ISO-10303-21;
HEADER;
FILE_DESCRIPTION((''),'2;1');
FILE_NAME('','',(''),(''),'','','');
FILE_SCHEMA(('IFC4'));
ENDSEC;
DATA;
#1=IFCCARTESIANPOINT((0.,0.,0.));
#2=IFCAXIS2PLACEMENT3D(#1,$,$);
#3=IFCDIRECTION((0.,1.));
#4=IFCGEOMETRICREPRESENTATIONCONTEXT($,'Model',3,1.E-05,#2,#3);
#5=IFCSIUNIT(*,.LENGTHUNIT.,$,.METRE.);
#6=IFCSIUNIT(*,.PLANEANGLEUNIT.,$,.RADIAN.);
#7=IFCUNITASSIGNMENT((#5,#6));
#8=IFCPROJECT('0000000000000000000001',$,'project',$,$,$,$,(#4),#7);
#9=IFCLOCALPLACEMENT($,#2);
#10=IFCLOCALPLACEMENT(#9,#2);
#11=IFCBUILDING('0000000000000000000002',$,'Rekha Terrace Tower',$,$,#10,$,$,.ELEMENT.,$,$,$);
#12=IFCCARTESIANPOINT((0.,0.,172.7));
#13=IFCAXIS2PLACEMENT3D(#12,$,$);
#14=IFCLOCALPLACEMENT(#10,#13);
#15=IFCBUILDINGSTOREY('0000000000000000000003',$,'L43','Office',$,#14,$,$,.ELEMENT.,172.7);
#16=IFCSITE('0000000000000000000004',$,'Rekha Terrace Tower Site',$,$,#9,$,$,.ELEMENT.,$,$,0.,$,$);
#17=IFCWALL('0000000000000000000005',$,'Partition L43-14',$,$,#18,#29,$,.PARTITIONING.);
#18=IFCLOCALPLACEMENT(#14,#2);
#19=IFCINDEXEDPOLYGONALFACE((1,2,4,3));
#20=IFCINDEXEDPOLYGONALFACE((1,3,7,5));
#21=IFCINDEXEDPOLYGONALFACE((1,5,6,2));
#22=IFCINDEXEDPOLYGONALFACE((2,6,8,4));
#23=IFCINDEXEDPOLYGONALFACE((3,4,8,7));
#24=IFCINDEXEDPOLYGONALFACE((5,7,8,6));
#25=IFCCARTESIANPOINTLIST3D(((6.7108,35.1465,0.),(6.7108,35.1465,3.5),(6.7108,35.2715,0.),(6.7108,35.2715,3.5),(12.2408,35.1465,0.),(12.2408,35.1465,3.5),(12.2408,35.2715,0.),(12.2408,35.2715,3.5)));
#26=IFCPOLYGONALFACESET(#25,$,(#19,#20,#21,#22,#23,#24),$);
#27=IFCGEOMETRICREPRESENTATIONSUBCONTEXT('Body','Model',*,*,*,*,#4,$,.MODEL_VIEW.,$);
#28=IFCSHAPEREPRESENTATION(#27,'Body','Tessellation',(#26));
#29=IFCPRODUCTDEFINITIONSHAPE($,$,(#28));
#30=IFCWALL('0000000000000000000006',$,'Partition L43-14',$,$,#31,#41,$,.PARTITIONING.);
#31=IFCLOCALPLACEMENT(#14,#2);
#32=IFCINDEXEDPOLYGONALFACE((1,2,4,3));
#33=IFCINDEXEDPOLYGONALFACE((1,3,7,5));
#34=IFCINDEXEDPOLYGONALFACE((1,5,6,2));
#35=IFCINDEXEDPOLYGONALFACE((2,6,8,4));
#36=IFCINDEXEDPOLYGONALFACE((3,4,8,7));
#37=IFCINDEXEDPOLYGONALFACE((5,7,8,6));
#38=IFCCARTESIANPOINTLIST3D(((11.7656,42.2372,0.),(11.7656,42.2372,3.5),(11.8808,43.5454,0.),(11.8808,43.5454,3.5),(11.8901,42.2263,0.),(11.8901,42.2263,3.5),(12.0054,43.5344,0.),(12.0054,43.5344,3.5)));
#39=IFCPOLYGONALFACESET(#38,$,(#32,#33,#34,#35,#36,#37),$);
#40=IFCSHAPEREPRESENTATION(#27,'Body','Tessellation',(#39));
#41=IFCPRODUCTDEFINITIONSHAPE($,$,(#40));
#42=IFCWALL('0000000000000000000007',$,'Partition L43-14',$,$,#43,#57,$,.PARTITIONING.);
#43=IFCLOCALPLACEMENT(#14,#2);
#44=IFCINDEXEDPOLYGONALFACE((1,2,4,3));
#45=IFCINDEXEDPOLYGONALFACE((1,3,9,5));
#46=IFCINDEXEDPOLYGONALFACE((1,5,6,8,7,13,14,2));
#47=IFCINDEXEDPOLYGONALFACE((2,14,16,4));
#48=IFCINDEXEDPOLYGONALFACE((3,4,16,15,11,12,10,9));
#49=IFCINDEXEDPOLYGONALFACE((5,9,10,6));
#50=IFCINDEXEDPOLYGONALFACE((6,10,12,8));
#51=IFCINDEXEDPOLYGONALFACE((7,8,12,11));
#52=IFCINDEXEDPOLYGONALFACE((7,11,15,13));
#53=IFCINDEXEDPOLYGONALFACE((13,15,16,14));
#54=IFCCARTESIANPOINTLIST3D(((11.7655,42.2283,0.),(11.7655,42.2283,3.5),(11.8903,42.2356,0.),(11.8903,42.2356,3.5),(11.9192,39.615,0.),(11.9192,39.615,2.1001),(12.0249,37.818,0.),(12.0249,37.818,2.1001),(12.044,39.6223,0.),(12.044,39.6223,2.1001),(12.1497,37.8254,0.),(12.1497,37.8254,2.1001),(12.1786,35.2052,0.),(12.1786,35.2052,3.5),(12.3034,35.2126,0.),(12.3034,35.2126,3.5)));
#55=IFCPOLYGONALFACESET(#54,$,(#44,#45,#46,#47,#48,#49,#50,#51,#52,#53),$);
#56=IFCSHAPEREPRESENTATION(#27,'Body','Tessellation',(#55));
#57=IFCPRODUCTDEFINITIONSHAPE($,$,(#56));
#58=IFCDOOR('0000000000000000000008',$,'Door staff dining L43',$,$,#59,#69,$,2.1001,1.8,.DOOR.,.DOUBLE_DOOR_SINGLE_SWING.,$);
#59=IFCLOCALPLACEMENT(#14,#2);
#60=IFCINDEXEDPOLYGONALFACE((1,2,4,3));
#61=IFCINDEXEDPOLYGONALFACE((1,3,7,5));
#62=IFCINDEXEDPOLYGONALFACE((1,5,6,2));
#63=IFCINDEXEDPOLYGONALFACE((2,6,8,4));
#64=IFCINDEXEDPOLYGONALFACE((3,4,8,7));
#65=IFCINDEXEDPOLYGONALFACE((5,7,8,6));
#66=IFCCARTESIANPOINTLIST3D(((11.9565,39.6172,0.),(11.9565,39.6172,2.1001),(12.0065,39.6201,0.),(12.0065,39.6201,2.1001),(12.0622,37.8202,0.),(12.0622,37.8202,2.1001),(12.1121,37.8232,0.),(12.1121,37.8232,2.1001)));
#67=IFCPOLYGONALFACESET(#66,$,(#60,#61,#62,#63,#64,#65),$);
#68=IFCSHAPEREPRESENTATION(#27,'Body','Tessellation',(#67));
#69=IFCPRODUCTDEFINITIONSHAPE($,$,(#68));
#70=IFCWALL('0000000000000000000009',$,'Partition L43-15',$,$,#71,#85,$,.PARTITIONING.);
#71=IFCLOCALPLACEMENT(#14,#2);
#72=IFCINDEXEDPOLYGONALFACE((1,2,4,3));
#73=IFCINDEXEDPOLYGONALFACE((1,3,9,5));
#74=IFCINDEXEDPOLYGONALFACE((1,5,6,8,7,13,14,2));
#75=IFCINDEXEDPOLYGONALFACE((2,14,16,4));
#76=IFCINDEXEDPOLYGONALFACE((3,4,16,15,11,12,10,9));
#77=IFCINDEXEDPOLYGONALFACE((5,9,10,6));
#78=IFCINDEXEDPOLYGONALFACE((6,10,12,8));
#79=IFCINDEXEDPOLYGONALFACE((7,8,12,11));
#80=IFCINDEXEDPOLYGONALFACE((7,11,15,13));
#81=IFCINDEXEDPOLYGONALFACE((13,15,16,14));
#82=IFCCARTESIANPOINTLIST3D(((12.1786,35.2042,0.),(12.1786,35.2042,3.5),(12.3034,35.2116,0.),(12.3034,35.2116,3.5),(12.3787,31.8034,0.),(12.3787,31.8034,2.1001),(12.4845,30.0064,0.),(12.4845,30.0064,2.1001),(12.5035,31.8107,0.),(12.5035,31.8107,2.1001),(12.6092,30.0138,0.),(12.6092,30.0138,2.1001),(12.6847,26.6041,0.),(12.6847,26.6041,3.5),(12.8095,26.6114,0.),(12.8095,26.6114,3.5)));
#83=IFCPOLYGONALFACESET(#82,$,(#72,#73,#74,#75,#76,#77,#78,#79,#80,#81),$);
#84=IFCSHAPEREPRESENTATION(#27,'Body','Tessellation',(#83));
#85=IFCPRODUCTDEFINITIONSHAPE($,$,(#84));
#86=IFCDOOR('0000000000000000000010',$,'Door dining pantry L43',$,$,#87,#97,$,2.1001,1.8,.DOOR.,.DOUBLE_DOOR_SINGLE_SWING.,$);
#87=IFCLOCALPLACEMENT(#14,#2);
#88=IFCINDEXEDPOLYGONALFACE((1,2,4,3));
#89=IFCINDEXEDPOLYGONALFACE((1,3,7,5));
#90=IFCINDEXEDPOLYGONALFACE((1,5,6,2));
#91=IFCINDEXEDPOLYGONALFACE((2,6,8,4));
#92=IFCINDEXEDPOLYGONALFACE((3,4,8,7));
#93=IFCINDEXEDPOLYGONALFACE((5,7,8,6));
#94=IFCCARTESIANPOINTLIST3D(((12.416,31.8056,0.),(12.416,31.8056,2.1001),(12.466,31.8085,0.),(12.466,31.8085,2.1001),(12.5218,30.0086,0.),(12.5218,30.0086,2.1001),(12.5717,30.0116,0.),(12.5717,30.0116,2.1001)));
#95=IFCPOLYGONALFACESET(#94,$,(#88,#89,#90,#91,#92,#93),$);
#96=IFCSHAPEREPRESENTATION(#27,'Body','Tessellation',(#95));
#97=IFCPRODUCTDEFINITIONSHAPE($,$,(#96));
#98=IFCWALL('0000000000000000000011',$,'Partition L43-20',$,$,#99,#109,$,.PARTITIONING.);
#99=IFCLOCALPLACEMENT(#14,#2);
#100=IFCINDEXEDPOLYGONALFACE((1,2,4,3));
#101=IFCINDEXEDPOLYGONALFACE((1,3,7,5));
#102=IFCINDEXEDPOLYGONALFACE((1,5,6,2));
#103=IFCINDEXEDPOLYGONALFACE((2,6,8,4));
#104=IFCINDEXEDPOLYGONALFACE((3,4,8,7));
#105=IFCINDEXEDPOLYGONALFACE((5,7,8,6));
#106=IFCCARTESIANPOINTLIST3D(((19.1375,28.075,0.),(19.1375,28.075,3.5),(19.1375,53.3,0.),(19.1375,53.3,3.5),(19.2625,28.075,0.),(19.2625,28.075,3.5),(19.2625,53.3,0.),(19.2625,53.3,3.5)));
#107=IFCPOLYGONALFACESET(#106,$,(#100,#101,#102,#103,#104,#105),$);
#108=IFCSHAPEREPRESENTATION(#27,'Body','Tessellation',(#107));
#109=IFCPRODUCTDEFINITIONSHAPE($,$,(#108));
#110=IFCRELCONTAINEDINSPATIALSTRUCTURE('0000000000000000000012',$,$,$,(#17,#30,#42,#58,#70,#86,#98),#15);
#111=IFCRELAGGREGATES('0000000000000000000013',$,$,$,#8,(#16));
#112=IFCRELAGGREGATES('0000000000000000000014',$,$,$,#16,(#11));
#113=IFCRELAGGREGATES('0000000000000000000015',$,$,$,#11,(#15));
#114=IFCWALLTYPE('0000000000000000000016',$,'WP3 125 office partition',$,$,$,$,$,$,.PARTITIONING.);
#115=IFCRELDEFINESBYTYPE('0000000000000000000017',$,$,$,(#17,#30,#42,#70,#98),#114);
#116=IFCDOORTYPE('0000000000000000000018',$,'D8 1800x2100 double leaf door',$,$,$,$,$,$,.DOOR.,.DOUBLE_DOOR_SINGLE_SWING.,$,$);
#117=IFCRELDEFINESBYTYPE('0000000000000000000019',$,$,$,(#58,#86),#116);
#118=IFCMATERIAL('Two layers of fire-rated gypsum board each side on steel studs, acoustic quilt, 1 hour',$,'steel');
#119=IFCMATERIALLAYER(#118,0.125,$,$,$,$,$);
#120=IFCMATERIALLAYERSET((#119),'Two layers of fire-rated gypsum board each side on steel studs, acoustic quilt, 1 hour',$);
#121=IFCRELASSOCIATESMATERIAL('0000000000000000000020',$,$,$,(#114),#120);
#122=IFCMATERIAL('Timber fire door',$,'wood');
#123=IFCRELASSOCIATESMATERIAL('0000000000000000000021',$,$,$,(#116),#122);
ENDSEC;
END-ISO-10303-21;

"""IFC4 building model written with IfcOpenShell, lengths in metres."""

from ifc_helpers import new_model, si_unit, direction, frame, frame_2d, origin, place, context, subcontext, project, spatial, rectangle, extrude, material, layer, layer_set, type_object, element, fill, save


model = new_model("IFC4")

# Units and contexts
model_context = context("Model", 3, precision=1e-05, world=origin(), true_north=direction((0.0, 1.0)))
body_context = subcontext(model_context, "Body", "Model", "MODEL_VIEW")
ifc_project = project(units=[si_unit("LENGTHUNIT", "METRE"), si_unit("PLANEANGLEUNIT", "RADIAN")], contexts=[model_context])

# Site, building, storey
site_placement = place(None, origin())
site = spatial("IfcSite", under=ifc_project, at=site_placement, Name="Rekha Terrace Tower Site", CompositionType="ELEMENT", RefElevation=0.0)
building_placement = place(site_placement, origin())
building = spatial("IfcBuilding", under=site, at=building_placement, Name="Rekha Terrace Tower", CompositionType="ELEMENT")
storey_placement = place(building_placement, frame((0.0, 0.0, 172.7)))
storey = spatial("IfcBuildingStorey", under=building, at=storey_placement, Name="L43", Description="Office", CompositionType="ELEMENT", Elevation=172.7)

# Walls
ifc_material_1 = material(Name="Two layers of fire-rated gypsum board each side on steel studs, acoustic quilt, 1 hour", Category="steel")
ifc_layer_1 = layer(ifc_material_1, 0.125)
ifc_layer_set_1 = layer_set([ifc_layer_1], Name="Two layers of fire-rated gypsum board each side on steel studs, acoustic quilt, 1 hour")
wall_type_1 = type_object("IfcWallType", Name="WP3 125 office partition", PredefinedType="PARTITIONING", material=ifc_layer_set_1)
wall_1_placement = place(storey_placement, frame((12.241, 35.209, 0.0), z_axis=(0.0, 0.0, 1.0), x_axis=(-1.0, 0.0, 0.0)))
element("IfcWall", 1, at=wall_1_placement, inside=storey, type_object=wall_type_1, Name="Partition L43-14", PredefinedType="PARTITIONING", context=body_context, shape_type="SweptSolid", body=[
    extrude(rectangle(XDim=5.53, YDim=0.125, at=frame_2d((2.7651, 0.0))), origin(), (0.0, 0.0, 1.0), 3.5),
])
wall_2_placement = place(storey_placement, frame((11.9431, 43.54, 0.0), z_axis=(0.0, 0.0, 1.0), x_axis=(-0.087753, -0.996142, 0.0)))
element("IfcWall", 2, at=wall_2_placement, inside=storey, type_object=wall_type_1, Name="Partition L43-14", PredefinedType="PARTITIONING", context=body_context, shape_type="SweptSolid", body=[
    extrude(rectangle(XDim=1.3132, YDim=0.125, at=frame_2d((0.6567, 0.0))), origin(), (0.0, 0.0, 1.0), 3.5),
])

# Walls, openings, doors
wall_3_placement = place(storey_placement, frame((11.8279, 42.2319, 0.0), z_axis=(0.0, 0.0, 1.0), x_axis=(0.058718, -0.998275, 0.0)))
wall_3 = element("IfcWall", 3, at=wall_3_placement, inside=storey, type_object=wall_type_1, Name="Partition L43-14", PredefinedType="PARTITIONING", context=body_context, shape_type="SweptSolid", body=[
    extrude(rectangle(XDim=7.0352, YDim=0.125, at=frame_2d((3.5176, 0.0))), origin(), (0.0, 0.0, 1.0), 3.5),
])
opening_1_placement = place(wall_3_placement, frame((2.6179, 0.0, 0.0)))
opening_1 = element("IfcOpeningElement", 4, at=opening_1_placement, cuts=wall_3, PredefinedType="OPENING", context=body_context, shape_type="SweptSolid", body=[
    extrude(rectangle(XDim=1.8, YDim=2.1001, at=frame_2d((0.8999, 1.05))), frame((0.0, 0.0725, 0.0), z_axis=(0.0, -1.0, 0.0), x_axis=(1.0, 0.0, 0.0)), (0.0, 0.0, 1.0), 0.145),
])
ifc_material_2 = material(Name="Timber fire door", Category="wood")
door_type_1 = type_object("IfcDoorType", Name="D8 1800x2100 double leaf door", OperationType="DOUBLE_DOOR_SINGLE_SWING", PredefinedType="DOOR", material=ifc_material_2)
door_1_placement = place(opening_1_placement, origin())
door_1 = element("IfcDoor", 5, at=door_1_placement, inside=storey, type_object=door_type_1, Name="Door staff dining L43", OperationType="DOUBLE_DOOR_SINGLE_SWING", OverallHeight=2.1001, OverallWidth=1.8, PredefinedType="DOOR", context=body_context, shape_type="SweptSolid", body=[
    extrude(rectangle(XDim=1.8, YDim=2.1001, at=frame_2d((0.8999, 1.05))), frame((0.0, 0.0249, 0.0), z_axis=(0.0, -1.0, 0.0), x_axis=(1.0, 0.0, 0.0)), (0.0, 0.0, 1.0), 0.05),
])
fill(opening_1, door_1)
wall_4_placement = place(storey_placement, frame((12.241, 35.208, 0.0), z_axis=(0.0, 0.0, 1.0), x_axis=(0.058747, -0.998273, 0.0)))
wall_4 = element("IfcWall", 6, at=wall_4_placement, inside=storey, type_object=wall_type_1, Name="Partition L43-15", PredefinedType="PARTITIONING", context=body_context, shape_type="SweptSolid", body=[
    extrude(rectangle(XDim=8.615, YDim=0.125, at=frame_2d((4.3076, 0.0))), origin(), (0.0, 0.0, 1.0), 3.5),
])
opening_2_placement = place(wall_4_placement, frame((3.407, 0.0, 0.0)))
opening_2 = element("IfcOpeningElement", 7, at=opening_2_placement, cuts=wall_4, PredefinedType="OPENING", context=body_context, shape_type="SweptSolid", body=[
    extrude(rectangle(XDim=1.8, YDim=2.1001, at=frame_2d((0.8999, 1.05))), frame((0.0, 0.0725, 0.0), z_axis=(0.0, -1.0, 0.0), x_axis=(1.0, 0.0, 0.0)), (0.0, 0.0, 1.0), 0.145),
])
door_2_placement = place(opening_2_placement, origin())
door_2 = element("IfcDoor", 8, at=door_2_placement, inside=storey, type_object=door_type_1, Name="Door dining pantry L43", OperationType="DOUBLE_DOOR_SINGLE_SWING", OverallHeight=2.1001, OverallWidth=1.8, PredefinedType="DOOR", context=body_context, shape_type="SweptSolid", body=[
    extrude(rectangle(XDim=1.8, YDim=2.1001, at=frame_2d((0.8999, 1.05))), frame((0.0, 0.0249, 0.0), z_axis=(0.0, -1.0, 0.0), x_axis=(1.0, 0.0, 0.0)), (0.0, 0.0, 1.0), 0.05),
])
fill(opening_2, door_2)

# Wall
wall_5_placement = place(storey_placement, frame((19.2, 28.075, 0.0), z_axis=(0.0, 0.0, 1.0), x_axis=(0.0, 1.0, 0.0)))
element("IfcWall", 9, at=wall_5_placement, inside=storey, type_object=wall_type_1, Name="Partition L43-20", PredefinedType="PARTITIONING", context=body_context, shape_type="SweptSolid", body=[
    extrude(rectangle(XDim=25.2251, YDim=0.125, at=frame_2d((12.6125, 0.0))), origin(), (0.0, 0.0, 1.0), 3.5),
])

save(model, "model.ifc")
